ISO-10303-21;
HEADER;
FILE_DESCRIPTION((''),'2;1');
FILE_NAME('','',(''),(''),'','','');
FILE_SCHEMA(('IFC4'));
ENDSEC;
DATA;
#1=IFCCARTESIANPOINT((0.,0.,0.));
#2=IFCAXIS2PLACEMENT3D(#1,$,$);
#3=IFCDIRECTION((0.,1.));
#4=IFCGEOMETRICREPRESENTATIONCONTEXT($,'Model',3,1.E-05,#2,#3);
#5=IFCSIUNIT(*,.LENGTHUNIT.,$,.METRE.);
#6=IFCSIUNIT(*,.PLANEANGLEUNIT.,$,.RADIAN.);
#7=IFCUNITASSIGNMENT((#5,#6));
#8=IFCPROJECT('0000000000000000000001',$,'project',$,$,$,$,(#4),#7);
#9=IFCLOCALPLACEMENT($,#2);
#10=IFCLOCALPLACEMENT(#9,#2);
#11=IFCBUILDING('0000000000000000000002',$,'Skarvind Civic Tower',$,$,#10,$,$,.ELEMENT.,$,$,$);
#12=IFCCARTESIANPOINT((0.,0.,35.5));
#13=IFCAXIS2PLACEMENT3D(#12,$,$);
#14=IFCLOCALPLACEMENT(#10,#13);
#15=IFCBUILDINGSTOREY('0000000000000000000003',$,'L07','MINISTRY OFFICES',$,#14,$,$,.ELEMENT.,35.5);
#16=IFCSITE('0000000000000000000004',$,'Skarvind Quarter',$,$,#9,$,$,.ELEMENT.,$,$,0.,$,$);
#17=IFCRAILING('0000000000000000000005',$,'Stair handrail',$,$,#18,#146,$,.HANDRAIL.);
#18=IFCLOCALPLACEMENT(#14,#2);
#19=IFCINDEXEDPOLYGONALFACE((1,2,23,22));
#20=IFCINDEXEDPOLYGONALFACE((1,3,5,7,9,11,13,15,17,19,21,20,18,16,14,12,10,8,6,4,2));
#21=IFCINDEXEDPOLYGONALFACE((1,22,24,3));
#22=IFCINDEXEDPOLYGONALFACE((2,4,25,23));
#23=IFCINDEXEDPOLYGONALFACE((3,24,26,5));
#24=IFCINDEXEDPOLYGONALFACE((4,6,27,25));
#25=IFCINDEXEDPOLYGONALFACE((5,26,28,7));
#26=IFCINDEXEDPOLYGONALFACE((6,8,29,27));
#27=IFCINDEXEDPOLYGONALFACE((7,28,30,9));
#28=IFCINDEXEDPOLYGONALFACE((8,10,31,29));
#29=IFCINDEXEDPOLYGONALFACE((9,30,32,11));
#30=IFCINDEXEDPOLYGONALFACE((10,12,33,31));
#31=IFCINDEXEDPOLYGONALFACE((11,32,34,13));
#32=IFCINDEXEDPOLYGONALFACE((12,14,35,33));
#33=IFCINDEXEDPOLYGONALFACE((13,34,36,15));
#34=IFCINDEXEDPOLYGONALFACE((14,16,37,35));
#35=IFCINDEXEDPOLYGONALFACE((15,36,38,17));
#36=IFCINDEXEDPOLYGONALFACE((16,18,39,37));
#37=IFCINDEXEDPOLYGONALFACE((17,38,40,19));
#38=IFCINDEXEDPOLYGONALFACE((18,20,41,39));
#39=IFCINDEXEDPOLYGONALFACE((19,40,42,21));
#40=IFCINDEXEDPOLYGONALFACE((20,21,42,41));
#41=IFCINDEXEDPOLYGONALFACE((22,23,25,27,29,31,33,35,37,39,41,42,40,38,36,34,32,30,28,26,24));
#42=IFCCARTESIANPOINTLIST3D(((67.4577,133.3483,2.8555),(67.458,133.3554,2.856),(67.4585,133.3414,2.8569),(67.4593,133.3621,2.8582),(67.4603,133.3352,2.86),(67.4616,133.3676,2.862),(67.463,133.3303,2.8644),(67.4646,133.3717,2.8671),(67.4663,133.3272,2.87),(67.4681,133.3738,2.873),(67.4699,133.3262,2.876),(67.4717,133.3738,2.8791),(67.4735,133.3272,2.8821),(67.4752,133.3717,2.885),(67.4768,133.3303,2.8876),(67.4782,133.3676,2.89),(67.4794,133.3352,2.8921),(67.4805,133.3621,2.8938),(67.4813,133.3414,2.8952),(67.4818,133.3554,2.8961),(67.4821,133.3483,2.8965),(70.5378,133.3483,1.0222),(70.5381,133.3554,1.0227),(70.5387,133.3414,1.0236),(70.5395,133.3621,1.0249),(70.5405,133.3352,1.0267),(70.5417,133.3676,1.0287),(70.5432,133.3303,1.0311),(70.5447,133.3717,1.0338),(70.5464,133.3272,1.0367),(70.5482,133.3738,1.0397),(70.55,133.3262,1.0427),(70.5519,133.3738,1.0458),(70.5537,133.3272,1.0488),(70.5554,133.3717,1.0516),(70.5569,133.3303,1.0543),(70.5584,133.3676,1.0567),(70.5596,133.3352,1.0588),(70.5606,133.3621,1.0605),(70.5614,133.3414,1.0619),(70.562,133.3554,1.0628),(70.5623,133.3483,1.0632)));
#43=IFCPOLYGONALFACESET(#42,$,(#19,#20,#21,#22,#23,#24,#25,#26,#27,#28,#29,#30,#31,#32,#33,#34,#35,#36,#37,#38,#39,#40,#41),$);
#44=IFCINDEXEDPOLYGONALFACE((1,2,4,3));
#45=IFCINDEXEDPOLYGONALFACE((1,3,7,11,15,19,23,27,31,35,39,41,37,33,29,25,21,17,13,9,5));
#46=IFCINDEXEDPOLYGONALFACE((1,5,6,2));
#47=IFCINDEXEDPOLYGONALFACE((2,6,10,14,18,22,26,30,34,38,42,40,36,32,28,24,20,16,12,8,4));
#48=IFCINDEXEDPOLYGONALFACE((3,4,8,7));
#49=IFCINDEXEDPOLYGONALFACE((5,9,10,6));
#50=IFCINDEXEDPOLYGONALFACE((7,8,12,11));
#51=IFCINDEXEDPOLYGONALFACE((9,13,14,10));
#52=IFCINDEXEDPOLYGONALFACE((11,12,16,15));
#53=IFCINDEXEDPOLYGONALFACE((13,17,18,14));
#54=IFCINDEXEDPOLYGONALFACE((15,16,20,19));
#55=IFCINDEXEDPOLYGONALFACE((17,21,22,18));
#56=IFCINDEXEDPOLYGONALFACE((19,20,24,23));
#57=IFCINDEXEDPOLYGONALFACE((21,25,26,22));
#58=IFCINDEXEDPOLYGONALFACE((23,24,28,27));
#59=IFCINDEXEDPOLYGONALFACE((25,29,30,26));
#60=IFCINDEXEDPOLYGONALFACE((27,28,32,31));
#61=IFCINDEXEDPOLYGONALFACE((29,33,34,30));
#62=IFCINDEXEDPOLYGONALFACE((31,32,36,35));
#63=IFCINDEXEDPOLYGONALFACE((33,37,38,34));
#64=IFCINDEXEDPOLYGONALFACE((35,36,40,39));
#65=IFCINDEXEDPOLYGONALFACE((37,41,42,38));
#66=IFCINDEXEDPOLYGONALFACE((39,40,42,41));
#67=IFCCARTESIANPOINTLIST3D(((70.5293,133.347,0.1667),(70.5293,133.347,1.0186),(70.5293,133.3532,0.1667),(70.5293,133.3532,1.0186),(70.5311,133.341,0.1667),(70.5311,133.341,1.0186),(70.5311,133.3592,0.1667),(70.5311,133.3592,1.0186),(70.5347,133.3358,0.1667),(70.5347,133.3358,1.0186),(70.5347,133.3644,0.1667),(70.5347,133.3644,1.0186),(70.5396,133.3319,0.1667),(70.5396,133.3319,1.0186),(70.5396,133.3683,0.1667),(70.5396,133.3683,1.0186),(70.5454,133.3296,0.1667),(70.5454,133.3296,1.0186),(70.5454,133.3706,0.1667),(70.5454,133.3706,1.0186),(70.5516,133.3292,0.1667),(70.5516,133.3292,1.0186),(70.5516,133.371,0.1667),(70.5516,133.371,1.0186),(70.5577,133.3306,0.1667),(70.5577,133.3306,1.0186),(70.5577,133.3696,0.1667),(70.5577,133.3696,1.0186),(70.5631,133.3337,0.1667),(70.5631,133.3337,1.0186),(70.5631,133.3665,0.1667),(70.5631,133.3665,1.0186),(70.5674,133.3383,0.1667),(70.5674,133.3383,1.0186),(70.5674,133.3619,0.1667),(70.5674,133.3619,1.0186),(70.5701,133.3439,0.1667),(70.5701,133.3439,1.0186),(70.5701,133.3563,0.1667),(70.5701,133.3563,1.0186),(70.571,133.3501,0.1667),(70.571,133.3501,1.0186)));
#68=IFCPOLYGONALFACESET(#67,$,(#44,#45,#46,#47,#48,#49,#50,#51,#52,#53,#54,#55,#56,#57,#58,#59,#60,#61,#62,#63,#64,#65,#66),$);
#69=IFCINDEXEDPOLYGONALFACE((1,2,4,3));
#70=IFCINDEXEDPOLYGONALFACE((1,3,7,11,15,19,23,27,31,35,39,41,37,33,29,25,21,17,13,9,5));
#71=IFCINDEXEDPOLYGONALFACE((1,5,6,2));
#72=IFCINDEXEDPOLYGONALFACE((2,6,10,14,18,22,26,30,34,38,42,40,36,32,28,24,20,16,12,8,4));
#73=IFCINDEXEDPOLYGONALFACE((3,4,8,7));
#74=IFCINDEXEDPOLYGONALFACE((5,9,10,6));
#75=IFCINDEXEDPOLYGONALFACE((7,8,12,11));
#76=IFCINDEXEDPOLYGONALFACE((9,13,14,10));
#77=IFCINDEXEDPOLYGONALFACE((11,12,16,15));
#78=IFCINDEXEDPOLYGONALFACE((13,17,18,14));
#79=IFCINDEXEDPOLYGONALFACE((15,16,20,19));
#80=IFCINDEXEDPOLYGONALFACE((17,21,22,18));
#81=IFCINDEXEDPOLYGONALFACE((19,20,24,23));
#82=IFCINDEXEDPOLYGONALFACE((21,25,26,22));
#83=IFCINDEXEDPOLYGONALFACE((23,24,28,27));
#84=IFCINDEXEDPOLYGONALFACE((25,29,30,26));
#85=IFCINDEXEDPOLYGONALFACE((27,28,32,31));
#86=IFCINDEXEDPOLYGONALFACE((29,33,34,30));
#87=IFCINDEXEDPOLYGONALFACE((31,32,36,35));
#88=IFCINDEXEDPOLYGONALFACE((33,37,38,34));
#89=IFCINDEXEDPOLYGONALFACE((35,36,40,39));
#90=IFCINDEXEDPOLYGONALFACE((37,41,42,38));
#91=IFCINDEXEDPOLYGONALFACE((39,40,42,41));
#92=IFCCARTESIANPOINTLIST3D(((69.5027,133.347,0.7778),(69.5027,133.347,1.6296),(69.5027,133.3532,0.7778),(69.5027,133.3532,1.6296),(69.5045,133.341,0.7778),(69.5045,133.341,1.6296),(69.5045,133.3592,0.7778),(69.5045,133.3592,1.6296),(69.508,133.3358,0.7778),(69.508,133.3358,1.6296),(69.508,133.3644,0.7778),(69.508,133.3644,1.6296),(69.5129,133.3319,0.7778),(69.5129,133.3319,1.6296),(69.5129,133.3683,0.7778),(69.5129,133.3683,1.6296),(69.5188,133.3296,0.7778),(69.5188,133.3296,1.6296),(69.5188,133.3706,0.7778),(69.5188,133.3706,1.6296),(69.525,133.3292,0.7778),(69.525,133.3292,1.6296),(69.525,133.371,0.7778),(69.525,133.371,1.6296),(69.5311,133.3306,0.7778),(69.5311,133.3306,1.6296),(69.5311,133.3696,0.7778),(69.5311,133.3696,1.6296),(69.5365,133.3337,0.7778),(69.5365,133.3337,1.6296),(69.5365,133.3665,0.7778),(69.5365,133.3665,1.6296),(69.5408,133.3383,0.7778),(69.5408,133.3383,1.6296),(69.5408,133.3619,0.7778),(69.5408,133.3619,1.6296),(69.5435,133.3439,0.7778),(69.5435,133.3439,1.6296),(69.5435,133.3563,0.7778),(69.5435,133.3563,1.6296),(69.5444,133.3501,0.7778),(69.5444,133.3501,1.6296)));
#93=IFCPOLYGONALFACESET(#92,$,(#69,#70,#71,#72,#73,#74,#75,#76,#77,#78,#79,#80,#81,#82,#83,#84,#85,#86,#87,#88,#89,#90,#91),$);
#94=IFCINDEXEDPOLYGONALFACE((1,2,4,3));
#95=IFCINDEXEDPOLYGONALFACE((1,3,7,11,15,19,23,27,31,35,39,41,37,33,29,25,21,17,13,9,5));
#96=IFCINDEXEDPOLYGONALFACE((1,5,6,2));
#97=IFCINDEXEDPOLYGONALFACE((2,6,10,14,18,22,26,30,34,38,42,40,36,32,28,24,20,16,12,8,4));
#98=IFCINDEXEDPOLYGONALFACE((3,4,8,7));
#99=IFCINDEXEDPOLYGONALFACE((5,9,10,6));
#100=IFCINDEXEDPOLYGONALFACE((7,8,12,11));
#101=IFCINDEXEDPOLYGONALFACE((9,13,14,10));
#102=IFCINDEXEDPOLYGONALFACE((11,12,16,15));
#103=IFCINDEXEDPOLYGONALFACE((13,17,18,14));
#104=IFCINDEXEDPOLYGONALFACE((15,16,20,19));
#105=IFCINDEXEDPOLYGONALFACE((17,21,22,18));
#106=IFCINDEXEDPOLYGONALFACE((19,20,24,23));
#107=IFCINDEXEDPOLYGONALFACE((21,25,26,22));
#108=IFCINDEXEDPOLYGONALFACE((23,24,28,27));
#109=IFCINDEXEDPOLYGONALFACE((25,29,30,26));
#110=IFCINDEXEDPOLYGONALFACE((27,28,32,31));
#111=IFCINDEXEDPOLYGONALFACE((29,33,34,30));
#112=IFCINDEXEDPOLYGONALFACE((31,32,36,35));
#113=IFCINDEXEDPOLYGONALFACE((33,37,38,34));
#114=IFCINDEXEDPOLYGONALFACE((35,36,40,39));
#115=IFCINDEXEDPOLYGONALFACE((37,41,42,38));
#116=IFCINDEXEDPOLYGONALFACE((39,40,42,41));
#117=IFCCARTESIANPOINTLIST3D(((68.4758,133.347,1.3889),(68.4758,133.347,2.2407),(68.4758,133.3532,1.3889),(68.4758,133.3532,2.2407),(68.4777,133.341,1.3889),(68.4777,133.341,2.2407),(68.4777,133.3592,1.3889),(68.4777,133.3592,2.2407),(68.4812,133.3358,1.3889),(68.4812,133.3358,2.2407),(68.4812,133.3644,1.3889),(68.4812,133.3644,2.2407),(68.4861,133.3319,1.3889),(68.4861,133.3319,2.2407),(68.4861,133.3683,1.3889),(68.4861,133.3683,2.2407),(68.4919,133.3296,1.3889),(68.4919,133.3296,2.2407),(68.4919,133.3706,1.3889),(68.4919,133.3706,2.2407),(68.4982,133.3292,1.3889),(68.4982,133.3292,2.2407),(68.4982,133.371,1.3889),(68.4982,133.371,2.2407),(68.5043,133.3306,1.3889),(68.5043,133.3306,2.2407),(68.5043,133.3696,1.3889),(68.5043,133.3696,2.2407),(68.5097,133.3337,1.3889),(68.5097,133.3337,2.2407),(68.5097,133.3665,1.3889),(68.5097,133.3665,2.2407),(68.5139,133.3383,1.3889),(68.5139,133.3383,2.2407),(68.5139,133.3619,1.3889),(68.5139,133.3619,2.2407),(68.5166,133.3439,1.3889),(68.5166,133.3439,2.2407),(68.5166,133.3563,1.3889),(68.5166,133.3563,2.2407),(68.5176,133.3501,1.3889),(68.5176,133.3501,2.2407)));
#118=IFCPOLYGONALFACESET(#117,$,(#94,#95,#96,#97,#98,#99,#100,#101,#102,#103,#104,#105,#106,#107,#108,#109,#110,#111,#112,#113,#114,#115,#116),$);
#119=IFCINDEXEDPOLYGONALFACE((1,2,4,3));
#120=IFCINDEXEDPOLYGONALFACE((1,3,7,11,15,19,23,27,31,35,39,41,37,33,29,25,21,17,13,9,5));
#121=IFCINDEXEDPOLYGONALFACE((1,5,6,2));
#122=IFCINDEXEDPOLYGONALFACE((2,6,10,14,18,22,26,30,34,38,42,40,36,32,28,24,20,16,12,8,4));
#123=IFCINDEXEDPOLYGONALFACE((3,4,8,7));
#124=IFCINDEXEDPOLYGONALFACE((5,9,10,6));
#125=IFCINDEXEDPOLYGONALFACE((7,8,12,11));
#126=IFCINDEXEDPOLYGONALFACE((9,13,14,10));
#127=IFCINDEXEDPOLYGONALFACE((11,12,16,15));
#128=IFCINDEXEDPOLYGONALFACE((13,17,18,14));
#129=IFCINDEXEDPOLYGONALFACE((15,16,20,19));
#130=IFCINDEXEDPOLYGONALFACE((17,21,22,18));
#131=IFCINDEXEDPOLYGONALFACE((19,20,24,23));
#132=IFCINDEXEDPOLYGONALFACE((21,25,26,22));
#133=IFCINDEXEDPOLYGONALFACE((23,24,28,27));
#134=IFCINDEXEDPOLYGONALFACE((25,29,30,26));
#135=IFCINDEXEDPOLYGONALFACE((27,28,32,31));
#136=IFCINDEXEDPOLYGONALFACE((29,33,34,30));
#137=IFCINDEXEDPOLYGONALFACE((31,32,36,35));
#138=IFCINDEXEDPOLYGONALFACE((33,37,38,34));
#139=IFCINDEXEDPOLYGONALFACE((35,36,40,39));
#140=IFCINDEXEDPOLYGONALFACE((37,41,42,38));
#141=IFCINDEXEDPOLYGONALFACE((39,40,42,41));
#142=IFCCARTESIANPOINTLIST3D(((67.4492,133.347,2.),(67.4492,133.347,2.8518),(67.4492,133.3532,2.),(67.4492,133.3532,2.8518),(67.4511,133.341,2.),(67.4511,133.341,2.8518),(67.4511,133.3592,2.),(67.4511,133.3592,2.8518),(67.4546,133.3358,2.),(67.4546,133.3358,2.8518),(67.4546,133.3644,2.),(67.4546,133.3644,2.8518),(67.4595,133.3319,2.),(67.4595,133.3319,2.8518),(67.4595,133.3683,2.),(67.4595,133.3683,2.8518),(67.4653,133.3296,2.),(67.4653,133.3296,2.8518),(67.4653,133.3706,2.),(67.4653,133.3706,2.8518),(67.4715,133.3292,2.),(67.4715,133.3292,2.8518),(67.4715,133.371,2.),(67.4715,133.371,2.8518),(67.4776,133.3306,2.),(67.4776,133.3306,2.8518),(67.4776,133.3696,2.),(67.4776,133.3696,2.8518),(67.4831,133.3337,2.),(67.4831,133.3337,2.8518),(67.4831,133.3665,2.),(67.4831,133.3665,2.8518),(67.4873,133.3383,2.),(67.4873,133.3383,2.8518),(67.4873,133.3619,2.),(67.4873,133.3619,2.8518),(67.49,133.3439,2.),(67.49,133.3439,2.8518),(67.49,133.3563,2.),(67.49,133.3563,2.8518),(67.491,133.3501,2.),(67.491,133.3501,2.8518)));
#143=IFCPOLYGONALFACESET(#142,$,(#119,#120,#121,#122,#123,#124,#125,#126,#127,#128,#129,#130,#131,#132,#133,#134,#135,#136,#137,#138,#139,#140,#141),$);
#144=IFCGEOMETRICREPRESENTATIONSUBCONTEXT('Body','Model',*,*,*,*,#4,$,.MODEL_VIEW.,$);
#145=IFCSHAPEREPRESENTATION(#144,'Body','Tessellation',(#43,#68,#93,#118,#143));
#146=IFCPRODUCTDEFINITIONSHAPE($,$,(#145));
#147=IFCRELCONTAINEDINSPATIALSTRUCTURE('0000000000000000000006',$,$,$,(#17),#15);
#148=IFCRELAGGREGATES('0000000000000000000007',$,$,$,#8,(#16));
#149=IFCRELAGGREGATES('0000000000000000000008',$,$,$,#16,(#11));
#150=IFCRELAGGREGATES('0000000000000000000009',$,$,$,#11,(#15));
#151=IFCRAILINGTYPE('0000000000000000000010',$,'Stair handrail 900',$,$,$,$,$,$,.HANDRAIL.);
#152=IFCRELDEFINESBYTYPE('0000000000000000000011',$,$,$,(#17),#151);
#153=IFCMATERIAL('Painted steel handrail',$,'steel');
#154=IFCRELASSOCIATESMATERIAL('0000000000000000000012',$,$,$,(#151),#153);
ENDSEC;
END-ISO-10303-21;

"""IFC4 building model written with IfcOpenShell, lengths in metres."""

from ifc_helpers import new_model, si_unit, direction, frame, origin, origin_2d, place, context, subcontext, project, spatial, circle, extrude, material, type_object, element, save


model = new_model("IFC4")

# Units and contexts
model_context = context("Model", 3, precision=1e-05, world=origin(), true_north=direction((0.0, 1.0)))
body_context = subcontext(model_context, "Body", "Model", "MODEL_VIEW")
ifc_project = project(units=[si_unit("LENGTHUNIT", "METRE"), si_unit("PLANEANGLEUNIT", "RADIAN")], contexts=[model_context])

# Site, building, storey
site_placement = place(None, origin())
site = spatial("IfcSite", under=ifc_project, at=site_placement, Name="Skarvind Quarter", CompositionType="ELEMENT", RefElevation=0.0)
building_placement = place(site_placement, origin())
building = spatial("IfcBuilding", under=site, at=building_placement, Name="Skarvind Civic Tower", CompositionType="ELEMENT")
storey_placement = place(building_placement, frame((0.0, 0.0, 35.5)))
storey = spatial("IfcBuildingStorey", under=building, at=storey_placement, Name="L07", Description="MINISTRY OFFICES", CompositionType="ELEMENT", Elevation=35.5)

# Railing
ifc_material_1 = material(Name="Painted steel handrail", Category="steel")
railing_type = type_object("IfcRailingType", Name="Stair handrail 900", PredefinedType="HANDRAIL", material=ifc_material_1)
railing_1_placement = place(storey_placement, frame((70.55, 133.3501, 0.1667)))
element("IfcRailing", 1, at=railing_1_placement, inside=storey, type_object=railing_type, Name="Stair handrail", PredefinedType="HANDRAIL", context=body_context, shape_type="SweptSolid", body=[
    extrude(circle(Radius=0.0239, at=origin_2d()), frame((0.0, 0.0, 0.876), z_axis=(-0.859309, 0.0, 0.511458), x_axis=(0.0, -1.0, 0.0)), (0.0, 0.0, 1.0), 3.5845),
    extrude(circle(Radius=0.021, at=origin_2d()), origin(), (0.0, 0.0, 1.0), 0.8518),
    extrude(circle(Radius=0.021, at=origin_2d()), frame((-1.0266, 0.0, 0.6111)), (0.0, 0.0, 1.0), 0.8518),
    extrude(circle(Radius=0.021, at=origin_2d()), frame((-2.0535, 0.0, 1.2222)), (0.0, 0.0, 1.0), 0.8518),
    extrude(circle(Radius=0.021, at=origin_2d()), frame((-3.0801, 0.0, 1.8333)), (0.0, 0.0, 1.0), 0.8518),
])

save(model, "model.ifc")
